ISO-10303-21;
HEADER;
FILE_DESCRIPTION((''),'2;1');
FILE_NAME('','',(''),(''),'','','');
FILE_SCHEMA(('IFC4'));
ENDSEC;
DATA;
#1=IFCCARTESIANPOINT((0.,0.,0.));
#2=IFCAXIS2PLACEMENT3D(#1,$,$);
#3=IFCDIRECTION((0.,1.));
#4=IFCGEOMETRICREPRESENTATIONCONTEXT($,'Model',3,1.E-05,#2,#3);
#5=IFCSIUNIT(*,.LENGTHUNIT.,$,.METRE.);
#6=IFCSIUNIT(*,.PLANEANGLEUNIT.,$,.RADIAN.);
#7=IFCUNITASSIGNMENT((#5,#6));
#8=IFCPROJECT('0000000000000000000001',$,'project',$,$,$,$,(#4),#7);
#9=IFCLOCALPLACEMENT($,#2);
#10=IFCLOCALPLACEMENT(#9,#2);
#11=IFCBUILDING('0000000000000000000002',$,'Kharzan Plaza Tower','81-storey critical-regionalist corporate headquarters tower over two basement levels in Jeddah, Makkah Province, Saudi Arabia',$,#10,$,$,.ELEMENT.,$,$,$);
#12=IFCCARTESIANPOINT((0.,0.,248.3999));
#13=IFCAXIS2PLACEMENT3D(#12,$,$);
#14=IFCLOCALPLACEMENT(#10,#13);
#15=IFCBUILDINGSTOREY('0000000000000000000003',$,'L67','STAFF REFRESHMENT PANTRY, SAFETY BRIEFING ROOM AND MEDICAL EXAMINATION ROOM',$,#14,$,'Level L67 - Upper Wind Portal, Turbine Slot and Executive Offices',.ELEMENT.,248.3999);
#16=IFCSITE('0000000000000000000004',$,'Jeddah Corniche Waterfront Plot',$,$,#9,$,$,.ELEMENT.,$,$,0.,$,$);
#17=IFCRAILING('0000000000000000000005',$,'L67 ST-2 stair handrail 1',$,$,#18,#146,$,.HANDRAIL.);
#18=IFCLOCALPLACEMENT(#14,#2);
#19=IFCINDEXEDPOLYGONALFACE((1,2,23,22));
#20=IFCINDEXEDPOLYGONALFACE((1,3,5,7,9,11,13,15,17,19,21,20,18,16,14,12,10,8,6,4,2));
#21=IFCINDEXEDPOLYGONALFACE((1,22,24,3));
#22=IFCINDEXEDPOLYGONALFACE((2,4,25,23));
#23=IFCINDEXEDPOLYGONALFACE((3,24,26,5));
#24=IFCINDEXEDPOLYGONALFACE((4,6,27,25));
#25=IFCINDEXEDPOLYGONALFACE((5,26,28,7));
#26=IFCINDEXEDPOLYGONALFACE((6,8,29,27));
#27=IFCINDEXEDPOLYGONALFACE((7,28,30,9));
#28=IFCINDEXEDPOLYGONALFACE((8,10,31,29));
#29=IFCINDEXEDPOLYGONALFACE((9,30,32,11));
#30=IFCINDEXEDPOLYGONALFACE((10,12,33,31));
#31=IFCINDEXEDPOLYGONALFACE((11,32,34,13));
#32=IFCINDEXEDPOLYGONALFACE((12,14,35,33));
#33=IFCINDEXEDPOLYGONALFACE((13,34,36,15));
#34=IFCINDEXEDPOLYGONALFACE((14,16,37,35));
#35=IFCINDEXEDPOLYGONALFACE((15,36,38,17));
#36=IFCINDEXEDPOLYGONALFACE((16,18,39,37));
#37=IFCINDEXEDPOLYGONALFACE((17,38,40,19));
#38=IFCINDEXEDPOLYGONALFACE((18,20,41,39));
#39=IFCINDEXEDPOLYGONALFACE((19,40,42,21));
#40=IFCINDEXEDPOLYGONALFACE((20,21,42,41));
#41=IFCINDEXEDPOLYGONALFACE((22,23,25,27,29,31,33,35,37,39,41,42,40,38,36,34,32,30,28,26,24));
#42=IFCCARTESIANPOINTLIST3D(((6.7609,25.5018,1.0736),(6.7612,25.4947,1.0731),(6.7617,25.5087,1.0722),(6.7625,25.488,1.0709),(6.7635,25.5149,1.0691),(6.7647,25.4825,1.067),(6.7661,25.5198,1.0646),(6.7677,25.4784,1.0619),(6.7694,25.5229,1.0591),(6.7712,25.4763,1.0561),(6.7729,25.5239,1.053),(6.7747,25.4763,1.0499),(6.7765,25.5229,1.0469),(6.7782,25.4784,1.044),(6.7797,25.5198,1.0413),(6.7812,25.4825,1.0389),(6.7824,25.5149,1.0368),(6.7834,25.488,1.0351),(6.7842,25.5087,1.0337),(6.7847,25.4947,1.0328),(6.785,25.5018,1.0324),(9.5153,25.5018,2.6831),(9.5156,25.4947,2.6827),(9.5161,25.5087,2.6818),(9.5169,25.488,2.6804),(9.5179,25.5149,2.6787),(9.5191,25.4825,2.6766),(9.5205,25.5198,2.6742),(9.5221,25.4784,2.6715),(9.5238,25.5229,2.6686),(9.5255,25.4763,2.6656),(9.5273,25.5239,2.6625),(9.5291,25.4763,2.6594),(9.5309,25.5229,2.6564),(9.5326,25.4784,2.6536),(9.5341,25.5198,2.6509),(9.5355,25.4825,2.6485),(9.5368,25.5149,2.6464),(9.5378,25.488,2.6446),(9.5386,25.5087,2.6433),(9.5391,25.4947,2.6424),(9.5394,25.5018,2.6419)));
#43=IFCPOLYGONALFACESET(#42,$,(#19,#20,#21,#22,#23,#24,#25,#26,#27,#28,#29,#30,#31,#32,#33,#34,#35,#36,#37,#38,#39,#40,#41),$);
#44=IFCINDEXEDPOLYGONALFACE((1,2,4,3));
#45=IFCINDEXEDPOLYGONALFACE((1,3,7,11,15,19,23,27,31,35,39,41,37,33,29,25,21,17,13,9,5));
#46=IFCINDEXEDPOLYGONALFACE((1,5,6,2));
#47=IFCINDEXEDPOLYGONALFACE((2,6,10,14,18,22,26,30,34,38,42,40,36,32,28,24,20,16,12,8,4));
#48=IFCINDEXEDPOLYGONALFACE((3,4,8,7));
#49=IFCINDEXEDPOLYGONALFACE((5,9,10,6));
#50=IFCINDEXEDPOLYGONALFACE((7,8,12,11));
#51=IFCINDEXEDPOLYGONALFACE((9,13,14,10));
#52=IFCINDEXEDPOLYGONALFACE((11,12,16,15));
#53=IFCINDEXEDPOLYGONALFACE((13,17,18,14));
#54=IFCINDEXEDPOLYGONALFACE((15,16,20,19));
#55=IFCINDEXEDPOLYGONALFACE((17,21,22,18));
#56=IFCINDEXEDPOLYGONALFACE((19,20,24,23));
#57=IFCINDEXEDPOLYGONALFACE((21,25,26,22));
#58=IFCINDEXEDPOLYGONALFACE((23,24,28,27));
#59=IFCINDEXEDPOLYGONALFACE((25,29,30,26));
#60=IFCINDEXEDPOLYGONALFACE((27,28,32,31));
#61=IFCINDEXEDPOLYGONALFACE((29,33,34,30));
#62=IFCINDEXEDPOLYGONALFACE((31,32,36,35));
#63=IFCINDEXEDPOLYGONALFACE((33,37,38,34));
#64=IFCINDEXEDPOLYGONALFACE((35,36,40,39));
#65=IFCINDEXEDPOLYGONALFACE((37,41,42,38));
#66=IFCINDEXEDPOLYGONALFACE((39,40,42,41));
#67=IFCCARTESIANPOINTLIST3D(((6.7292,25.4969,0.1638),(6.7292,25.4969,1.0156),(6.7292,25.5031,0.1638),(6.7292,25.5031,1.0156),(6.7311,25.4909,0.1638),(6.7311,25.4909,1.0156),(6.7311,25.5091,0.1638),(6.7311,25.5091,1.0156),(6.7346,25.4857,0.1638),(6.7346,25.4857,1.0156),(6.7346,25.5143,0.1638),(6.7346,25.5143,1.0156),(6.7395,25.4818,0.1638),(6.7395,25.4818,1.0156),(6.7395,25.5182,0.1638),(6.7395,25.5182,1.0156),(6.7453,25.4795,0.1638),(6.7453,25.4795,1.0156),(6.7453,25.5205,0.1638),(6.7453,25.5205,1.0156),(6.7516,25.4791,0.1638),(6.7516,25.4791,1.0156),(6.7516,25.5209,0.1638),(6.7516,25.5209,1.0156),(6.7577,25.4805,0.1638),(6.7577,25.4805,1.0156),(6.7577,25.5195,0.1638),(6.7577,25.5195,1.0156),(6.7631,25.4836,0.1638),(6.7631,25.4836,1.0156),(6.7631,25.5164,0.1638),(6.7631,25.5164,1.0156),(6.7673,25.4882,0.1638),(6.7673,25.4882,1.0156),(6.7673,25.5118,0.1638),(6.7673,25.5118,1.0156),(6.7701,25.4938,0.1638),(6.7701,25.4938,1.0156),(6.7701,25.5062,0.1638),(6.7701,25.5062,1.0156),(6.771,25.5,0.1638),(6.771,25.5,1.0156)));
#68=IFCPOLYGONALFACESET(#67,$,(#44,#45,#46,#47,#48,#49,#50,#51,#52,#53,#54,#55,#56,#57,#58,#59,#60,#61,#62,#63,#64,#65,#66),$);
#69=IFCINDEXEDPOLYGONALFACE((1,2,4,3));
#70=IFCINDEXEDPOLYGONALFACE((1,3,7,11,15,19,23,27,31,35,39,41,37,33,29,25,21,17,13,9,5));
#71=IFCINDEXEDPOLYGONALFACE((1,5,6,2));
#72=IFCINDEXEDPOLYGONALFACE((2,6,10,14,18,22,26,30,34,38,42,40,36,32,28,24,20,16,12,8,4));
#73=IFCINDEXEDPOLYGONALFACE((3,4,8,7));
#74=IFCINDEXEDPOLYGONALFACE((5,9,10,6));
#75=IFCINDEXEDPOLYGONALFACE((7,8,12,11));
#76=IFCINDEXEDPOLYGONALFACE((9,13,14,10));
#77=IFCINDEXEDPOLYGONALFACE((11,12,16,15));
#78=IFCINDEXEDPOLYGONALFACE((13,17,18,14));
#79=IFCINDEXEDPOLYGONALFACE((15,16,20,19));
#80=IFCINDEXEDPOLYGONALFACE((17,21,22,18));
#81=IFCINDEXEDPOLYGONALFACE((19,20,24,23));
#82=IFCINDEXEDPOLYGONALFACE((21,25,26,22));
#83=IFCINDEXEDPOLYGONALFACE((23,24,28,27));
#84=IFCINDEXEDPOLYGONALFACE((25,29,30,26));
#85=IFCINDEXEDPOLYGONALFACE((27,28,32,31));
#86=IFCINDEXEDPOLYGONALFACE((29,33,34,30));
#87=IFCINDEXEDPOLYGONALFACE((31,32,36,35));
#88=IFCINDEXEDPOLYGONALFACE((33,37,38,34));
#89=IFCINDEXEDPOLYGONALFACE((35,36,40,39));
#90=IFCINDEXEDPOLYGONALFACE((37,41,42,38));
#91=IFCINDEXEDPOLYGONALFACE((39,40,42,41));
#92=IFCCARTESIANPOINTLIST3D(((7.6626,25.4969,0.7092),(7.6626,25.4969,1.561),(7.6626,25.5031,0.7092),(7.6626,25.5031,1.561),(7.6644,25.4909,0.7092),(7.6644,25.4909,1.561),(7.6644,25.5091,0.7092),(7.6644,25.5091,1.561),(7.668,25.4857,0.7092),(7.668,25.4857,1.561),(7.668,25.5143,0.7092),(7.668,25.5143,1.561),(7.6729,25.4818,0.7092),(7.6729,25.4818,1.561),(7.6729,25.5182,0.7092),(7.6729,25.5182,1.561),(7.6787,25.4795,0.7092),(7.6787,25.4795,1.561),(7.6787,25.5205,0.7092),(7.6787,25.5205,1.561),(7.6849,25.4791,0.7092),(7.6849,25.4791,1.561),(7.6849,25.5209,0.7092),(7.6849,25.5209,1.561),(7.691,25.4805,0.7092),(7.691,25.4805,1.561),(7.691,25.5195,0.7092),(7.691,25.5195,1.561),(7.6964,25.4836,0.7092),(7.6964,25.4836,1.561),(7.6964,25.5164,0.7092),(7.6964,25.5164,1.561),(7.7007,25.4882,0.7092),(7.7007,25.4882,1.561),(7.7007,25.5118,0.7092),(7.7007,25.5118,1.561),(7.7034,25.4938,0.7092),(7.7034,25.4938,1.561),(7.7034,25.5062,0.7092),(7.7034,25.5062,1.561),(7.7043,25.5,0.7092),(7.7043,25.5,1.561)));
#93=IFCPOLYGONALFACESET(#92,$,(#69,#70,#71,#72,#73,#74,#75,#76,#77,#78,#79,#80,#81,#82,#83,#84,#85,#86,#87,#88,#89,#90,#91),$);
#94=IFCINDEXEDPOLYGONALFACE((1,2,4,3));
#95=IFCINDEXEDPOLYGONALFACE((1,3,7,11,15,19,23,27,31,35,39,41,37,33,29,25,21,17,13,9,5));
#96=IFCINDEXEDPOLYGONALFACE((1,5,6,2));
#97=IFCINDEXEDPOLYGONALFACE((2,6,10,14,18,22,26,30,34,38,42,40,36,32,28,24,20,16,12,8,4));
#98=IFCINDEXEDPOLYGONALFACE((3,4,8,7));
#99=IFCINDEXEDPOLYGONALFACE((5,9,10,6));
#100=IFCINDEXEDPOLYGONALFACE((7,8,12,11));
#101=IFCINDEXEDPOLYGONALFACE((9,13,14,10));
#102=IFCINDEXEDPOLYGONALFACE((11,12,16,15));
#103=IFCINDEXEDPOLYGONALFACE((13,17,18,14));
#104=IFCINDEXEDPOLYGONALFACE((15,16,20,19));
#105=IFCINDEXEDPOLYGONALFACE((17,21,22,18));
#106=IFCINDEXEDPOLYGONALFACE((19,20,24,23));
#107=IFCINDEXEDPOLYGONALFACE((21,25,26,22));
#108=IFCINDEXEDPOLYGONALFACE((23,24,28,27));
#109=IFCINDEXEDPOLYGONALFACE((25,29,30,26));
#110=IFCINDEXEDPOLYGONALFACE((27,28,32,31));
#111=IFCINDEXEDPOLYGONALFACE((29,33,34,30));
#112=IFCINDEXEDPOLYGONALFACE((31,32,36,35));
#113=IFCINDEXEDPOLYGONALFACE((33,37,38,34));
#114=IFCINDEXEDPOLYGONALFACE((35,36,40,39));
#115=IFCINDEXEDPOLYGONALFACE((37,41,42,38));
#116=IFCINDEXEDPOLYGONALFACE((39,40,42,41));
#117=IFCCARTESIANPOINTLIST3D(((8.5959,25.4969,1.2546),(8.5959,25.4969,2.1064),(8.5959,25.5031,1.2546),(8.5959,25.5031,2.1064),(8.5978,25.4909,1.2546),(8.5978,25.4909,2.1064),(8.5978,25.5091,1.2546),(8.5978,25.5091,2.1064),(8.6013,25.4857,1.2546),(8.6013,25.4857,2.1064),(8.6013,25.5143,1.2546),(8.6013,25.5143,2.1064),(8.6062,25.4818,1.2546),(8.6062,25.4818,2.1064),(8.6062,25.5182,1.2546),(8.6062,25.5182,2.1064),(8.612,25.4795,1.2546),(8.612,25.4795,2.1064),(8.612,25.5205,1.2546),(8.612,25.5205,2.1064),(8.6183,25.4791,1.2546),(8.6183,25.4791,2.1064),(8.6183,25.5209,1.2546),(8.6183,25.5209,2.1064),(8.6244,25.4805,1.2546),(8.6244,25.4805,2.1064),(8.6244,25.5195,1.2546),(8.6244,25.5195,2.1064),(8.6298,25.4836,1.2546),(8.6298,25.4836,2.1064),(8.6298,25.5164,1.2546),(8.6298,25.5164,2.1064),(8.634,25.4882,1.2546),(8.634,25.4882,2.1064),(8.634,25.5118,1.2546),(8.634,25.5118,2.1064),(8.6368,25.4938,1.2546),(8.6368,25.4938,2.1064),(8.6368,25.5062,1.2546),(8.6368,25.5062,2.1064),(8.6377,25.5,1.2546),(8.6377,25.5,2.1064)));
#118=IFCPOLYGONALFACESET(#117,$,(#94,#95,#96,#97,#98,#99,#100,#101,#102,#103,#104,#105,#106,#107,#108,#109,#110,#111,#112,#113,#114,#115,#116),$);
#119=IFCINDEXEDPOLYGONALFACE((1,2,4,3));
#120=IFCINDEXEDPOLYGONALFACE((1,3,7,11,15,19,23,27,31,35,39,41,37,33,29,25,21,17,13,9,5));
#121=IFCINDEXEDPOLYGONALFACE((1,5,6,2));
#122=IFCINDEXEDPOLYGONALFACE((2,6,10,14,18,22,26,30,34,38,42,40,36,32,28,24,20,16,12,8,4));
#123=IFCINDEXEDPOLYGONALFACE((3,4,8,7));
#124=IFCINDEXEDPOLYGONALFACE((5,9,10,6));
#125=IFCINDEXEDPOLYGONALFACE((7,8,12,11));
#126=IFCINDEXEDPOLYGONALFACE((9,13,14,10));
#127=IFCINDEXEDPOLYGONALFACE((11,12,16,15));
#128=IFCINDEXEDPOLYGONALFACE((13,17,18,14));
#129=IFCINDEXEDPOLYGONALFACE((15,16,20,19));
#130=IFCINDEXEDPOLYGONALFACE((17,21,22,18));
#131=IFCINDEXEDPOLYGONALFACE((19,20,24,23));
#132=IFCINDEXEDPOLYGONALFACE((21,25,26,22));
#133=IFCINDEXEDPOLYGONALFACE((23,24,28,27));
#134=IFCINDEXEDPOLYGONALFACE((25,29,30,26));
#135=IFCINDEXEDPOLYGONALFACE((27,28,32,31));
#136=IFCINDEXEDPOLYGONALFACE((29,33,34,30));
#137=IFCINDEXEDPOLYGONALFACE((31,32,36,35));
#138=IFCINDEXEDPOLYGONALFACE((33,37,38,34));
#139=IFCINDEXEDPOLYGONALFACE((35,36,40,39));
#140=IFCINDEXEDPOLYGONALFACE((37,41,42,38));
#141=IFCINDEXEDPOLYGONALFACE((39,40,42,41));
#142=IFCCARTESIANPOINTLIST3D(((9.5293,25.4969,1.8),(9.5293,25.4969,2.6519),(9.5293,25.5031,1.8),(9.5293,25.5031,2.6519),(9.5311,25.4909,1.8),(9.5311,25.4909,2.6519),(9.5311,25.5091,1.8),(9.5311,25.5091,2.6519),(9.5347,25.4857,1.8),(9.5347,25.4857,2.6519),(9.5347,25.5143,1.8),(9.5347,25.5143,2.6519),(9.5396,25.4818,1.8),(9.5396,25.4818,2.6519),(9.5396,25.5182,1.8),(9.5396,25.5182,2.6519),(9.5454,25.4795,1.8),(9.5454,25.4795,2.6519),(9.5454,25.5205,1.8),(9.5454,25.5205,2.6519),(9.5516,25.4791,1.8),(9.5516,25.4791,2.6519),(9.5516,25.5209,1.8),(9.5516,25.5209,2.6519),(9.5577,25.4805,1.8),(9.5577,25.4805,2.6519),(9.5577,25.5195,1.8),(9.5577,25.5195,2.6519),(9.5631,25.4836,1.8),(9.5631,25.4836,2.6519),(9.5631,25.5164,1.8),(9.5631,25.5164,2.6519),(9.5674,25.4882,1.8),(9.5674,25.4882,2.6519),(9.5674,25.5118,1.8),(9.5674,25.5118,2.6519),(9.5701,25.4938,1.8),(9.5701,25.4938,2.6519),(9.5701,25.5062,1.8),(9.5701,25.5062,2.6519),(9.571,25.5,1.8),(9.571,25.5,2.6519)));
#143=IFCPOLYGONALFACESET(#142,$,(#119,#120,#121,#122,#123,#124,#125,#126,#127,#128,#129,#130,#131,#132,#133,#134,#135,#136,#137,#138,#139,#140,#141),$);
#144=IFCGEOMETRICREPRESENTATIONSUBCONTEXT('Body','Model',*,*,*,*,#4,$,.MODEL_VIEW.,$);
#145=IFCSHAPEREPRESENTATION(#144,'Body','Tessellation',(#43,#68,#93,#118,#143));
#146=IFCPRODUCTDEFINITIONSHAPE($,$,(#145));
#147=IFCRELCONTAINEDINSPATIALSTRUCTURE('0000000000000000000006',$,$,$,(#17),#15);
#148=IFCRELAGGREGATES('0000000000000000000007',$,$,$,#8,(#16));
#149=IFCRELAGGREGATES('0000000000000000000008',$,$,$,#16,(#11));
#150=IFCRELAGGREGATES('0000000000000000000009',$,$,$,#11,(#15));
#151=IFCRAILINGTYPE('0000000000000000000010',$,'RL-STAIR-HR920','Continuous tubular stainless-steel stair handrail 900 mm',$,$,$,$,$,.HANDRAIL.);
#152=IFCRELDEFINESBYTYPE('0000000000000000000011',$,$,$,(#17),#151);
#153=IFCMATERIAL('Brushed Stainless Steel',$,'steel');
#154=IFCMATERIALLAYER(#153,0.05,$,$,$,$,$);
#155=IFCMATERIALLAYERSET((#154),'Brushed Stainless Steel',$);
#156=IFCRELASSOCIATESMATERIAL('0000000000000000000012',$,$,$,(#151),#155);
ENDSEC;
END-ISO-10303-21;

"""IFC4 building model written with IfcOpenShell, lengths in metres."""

from ifc_helpers import new_model, si_unit, direction, frame, origin, origin_2d, place, context, subcontext, project, spatial, circle, extrude, source, transform, mapped, material, layer, layer_set, type_object, element, save


model = new_model("IFC4")

# Units and contexts
model_context = context("Model", 3, precision=1e-05, world=origin(), true_north=direction((0.0, 1.0)))
body_context = subcontext(model_context, "Body", "Model", "MODEL_VIEW")
ifc_project = project(units=[si_unit("LENGTHUNIT", "METRE"), si_unit("PLANEANGLEUNIT", "RADIAN")], contexts=[model_context])

# Site, building, storey
site_placement = place(None, origin())
site = spatial("IfcSite", under=ifc_project, at=site_placement, Name="Jeddah Corniche Waterfront Plot", CompositionType="ELEMENT", RefElevation=0.0)
building_placement = place(site_placement, origin())
building = spatial("IfcBuilding", under=site, at=building_placement, Name="Kharzan Plaza Tower", Description="81-storey critical-regionalist corporate headquarters tower over two basement levels in Jeddah, Makkah Province, Saudi Arabia", CompositionType="ELEMENT")
storey_placement = place(building_placement, frame((0.0, 0.0, 248.3999)))
storey = spatial("IfcBuildingStorey", under=building, at=storey_placement, Name="L67", Description="STAFF REFRESHMENT PANTRY, SAFETY BRIEFING ROOM AND MEDICAL EXAMINATION ROOM", LongName="Level L67 - Upper Wind Portal, Turbine Slot and Executive Offices", CompositionType="ELEMENT", Elevation=248.3999)

# Shared definitions
ifc_material_1 = material(Name="Brushed Stainless Steel", Category="steel")

# Railing
ifc_layer_1 = layer(ifc_material_1, 0.05)
ifc_layer_set_1 = layer_set([ifc_layer_1], Name="Brushed Stainless Steel")
railing_type_1 = type_object("IfcRailingType", Name="RL-STAIR-HR920", Description="Continuous tubular stainless-steel stair handrail 900 mm", PredefinedType="HANDRAIL", material=ifc_layer_set_1)
shared_shape_1 = source(origin(), body_context, "Body", "SweptSolid", [
    extrude(circle(Radius=0.0239, at=origin_2d()), frame((0.0229, 0.0, 0.8892), z_axis=(0.863394, 0.0, 0.504531), x_axis=(0.0, 1.0, 0.0)), (0.0, 0.0, 1.0), 3.1902),
    extrude(circle(Radius=0.021, at=origin_2d()), origin(), (0.0, 0.0, 1.0), 0.8518),
    extrude(circle(Radius=0.021, at=origin_2d()), frame((0.9333, 0.0, 0.5454)), (0.0, 0.0, 1.0), 0.8518),
    extrude(circle(Radius=0.021, at=origin_2d()), frame((1.8667, 0.0, 1.0908)), (0.0, 0.0, 1.0), 0.8518),
    extrude(circle(Radius=0.021, at=origin_2d()), frame((2.8, 0.0, 1.6362)), (0.0, 0.0, 1.0), 0.8518),
])
railing_1_placement = place(storey_placement, frame((6.75, 25.5, 0.1638)))
element("IfcRailing", 1, at=railing_1_placement, inside=storey, type_object=railing_type_1, Name="L67 ST-2 stair handrail 1", PredefinedType="HANDRAIL", context=body_context, shape_type="MappedRepresentation", body=[
    mapped(shared_shape_1, transform((0.0, 0.0, 0.0), x_axis=(1.0, 0.0, 0.0), y_axis=(0.0, 1.0, 0.0), z_axis=(0.0, 0.0, 1.0))),
])

save(model, "model.ifc")
